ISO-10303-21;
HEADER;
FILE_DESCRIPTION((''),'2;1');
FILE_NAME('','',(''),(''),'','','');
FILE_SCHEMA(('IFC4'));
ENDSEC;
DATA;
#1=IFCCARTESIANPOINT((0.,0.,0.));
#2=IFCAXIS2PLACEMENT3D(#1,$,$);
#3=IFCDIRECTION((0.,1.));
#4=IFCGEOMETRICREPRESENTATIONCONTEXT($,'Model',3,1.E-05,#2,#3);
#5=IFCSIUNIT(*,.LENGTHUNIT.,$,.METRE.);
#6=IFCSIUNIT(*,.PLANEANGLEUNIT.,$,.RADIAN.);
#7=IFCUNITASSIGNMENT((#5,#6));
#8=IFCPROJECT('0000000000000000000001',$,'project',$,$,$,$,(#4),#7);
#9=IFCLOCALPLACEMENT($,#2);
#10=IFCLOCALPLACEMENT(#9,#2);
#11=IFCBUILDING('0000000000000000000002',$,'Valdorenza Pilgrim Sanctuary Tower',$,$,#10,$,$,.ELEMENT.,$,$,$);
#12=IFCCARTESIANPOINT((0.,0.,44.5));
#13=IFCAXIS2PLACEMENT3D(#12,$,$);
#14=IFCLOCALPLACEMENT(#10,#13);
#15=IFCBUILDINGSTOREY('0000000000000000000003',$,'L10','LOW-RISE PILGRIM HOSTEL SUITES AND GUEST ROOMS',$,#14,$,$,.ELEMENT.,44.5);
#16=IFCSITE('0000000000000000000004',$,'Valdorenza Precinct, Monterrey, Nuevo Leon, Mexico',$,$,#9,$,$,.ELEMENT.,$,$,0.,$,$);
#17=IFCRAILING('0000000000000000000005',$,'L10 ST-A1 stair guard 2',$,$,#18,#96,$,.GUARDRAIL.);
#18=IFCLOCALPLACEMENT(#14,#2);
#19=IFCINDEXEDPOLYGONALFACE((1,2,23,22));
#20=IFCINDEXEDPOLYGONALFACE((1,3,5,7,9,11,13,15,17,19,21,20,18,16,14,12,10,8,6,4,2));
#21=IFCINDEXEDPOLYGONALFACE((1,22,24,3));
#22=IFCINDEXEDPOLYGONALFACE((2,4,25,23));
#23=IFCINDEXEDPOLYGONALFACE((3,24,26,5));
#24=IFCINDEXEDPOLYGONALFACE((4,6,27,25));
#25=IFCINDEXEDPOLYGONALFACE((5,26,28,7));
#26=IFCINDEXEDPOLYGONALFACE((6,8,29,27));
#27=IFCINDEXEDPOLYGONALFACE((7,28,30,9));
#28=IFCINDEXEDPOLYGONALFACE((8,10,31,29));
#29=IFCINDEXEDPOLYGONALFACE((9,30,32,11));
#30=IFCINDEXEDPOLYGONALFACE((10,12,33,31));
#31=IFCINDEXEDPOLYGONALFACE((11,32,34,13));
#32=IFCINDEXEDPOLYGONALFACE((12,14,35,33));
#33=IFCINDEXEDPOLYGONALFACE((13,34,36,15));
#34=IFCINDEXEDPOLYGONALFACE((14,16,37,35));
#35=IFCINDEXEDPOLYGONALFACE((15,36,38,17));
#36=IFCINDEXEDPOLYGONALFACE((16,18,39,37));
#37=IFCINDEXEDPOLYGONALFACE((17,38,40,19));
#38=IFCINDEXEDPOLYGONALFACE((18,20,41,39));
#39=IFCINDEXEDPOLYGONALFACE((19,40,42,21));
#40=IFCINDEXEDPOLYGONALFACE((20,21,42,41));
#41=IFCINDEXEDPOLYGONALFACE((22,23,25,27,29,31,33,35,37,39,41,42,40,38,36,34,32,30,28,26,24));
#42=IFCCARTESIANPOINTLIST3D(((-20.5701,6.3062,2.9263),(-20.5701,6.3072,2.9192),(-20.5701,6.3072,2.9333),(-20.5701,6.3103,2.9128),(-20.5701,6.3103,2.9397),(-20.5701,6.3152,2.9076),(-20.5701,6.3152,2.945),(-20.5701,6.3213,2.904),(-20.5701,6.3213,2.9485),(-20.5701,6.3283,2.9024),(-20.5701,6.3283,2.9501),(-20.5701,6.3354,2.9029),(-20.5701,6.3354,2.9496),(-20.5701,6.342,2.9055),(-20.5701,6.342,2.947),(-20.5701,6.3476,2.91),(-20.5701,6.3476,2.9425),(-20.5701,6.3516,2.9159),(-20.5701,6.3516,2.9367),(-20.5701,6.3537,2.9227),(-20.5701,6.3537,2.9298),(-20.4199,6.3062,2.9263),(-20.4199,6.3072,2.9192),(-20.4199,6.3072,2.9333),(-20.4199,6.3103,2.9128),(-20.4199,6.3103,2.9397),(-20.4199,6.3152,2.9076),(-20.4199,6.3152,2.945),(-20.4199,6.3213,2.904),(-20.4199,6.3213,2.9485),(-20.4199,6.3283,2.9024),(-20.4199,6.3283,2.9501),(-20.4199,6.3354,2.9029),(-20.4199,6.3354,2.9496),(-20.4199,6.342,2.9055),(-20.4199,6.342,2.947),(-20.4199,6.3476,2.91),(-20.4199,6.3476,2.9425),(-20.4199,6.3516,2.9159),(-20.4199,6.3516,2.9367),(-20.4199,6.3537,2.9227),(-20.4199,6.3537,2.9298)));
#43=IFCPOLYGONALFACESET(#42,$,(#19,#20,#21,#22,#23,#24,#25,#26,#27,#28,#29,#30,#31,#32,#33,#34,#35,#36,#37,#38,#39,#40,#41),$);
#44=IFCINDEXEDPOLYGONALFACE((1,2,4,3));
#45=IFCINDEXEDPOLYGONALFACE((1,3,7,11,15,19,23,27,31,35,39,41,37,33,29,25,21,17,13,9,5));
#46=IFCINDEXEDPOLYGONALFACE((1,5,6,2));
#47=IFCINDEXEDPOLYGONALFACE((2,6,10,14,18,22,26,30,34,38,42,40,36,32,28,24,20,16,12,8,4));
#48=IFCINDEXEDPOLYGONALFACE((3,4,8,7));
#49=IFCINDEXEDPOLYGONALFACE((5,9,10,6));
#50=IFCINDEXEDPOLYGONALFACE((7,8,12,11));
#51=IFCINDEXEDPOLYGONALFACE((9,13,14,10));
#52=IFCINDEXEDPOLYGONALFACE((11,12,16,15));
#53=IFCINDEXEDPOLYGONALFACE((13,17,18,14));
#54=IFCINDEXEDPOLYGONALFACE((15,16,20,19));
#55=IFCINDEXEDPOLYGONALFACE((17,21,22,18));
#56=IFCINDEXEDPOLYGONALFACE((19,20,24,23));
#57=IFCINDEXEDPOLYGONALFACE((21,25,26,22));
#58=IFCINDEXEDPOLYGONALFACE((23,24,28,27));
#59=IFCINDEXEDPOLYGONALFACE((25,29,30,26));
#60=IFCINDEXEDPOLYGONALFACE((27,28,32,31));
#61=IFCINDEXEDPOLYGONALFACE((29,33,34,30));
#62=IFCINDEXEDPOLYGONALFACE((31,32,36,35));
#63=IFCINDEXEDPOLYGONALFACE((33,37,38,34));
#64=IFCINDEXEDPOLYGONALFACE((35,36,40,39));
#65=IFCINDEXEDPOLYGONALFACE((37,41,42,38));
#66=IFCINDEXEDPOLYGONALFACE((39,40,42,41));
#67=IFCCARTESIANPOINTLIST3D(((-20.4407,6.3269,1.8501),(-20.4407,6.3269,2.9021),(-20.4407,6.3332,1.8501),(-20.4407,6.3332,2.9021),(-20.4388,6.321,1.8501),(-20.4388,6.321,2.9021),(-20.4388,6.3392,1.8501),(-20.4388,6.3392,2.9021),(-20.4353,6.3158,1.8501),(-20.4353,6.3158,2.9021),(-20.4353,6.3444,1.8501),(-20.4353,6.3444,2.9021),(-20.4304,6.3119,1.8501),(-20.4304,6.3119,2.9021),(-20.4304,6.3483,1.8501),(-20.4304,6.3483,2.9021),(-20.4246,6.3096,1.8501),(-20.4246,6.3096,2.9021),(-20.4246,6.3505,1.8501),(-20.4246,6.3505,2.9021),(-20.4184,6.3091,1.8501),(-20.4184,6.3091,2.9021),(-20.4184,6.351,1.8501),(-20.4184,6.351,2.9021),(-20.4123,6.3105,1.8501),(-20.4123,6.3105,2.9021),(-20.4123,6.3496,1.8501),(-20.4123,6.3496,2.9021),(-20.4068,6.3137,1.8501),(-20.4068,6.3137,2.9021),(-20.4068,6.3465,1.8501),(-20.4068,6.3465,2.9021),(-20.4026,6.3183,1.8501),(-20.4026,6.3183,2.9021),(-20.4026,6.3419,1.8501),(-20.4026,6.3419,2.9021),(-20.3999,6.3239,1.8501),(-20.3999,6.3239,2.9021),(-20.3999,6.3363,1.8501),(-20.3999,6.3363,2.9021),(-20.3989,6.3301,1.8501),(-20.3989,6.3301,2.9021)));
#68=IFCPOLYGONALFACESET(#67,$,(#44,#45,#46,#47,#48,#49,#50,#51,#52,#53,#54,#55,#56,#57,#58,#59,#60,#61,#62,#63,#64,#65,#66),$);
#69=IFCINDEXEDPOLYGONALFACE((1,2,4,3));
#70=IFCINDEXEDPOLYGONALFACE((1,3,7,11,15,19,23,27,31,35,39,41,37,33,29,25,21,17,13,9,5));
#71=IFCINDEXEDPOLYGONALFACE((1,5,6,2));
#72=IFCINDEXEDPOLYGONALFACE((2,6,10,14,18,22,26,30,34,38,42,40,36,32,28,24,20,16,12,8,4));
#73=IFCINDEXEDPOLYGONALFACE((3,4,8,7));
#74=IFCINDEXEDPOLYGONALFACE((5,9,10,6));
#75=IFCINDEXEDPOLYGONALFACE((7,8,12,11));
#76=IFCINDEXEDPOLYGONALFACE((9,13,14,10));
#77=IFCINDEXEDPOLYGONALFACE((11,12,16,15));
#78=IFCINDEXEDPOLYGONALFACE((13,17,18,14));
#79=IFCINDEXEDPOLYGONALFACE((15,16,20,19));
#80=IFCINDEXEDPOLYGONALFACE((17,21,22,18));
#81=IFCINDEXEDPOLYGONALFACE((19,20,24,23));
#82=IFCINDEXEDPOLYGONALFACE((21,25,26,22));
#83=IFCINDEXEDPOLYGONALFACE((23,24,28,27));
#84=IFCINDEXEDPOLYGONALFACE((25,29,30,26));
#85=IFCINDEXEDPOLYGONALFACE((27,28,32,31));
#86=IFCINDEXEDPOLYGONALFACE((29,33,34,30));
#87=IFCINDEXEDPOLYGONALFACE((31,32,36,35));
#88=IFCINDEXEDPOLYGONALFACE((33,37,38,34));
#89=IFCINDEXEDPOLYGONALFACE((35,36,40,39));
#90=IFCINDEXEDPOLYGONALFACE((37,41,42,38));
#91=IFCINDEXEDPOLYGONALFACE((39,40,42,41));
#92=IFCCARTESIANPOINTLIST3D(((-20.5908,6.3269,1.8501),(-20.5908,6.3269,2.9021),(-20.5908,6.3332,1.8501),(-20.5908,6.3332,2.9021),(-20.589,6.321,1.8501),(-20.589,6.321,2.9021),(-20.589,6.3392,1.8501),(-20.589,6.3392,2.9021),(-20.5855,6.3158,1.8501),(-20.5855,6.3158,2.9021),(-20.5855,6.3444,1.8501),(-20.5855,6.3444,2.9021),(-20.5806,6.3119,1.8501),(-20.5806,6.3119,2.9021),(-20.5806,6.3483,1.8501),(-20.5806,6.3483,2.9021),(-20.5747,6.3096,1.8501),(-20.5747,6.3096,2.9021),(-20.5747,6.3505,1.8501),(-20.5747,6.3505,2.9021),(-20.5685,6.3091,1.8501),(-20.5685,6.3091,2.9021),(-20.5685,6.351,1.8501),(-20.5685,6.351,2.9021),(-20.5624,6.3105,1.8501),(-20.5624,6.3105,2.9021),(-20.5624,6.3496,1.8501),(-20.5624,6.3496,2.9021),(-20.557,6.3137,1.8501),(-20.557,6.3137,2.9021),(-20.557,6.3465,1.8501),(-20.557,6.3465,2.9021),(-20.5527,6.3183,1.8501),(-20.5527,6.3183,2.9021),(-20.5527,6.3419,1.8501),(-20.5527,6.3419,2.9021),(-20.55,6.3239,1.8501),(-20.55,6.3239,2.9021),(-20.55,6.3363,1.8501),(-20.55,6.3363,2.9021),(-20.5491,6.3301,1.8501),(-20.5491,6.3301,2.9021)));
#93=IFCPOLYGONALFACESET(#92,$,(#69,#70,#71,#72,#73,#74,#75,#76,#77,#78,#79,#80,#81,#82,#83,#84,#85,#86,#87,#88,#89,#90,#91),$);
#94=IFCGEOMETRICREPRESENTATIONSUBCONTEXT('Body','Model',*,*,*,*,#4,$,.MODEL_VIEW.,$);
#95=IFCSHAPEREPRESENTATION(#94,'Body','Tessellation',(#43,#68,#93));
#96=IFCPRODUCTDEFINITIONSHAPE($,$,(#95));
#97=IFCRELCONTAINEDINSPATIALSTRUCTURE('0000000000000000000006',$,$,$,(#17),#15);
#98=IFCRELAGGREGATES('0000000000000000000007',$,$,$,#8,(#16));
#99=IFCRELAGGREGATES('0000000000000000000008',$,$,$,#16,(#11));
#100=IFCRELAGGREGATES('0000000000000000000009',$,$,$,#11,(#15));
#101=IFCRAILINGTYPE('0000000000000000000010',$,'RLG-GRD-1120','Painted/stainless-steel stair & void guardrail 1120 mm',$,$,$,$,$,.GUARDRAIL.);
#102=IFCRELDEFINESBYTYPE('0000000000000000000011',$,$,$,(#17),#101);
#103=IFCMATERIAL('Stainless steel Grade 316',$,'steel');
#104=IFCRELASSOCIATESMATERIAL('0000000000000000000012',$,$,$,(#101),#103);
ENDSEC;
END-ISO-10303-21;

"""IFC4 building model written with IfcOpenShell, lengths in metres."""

from ifc_helpers import new_model, si_unit, direction, frame, origin, origin_2d, place, context, subcontext, project, spatial, circle, extrude, material, type_object, element, save


model = new_model("IFC4")

# Units and contexts
model_context = context("Model", 3, precision=1e-05, world=origin(), true_north=direction((0.0, 1.0)))
body_context = subcontext(model_context, "Body", "Model", "MODEL_VIEW")
ifc_project = project(units=[si_unit("LENGTHUNIT", "METRE"), si_unit("PLANEANGLEUNIT", "RADIAN")], contexts=[model_context])

# Site, building, storey
site_placement = place(None, origin())
site = spatial("IfcSite", under=ifc_project, at=site_placement, Name="Valdorenza Precinct, Monterrey, Nuevo Leon, Mexico", CompositionType="ELEMENT", RefElevation=0.0)
building_placement = place(site_placement, origin())
building = spatial("IfcBuilding", under=site, at=building_placement, Name="Valdorenza Pilgrim Sanctuary Tower", CompositionType="ELEMENT")
storey_placement = place(building_placement, frame((0.0, 0.0, 44.5)))
storey = spatial("IfcBuildingStorey", under=building, at=storey_placement, Name="L10", Description="LOW-RISE PILGRIM HOSTEL SUITES AND GUEST ROOMS", CompositionType="ELEMENT", Elevation=44.5)

# Railing
ifc_material_1 = material(Name="Stainless steel Grade 316", Category="steel")
railing_type_1 = type_object("IfcRailingType", Name="RLG-GRD-1120", Description="Painted/stainless-steel stair & void guardrail 1120 mm", PredefinedType="GUARDRAIL", material=ifc_material_1)
railing_1_placement = place(storey_placement, frame((-20.4199, 6.3301, 1.8501)))
element("IfcRailing", 1, at=railing_1_placement, inside=storey, type_object=railing_type_1, Name="L10 ST-A1 stair guard 2", PredefinedType="GUARDRAIL", context=body_context, shape_type="SweptSolid", body=[
    extrude(circle(Radius=0.0239, at=origin_2d()), frame((0.0, 0.0, 1.0762), z_axis=(-1.0, 0.0, 0.0), x_axis=(0.0, -1.0, 0.0)), (0.0, 0.0, 1.0), 0.1501),
    extrude(circle(Radius=0.021, at=origin_2d()), origin(), (0.0, 0.0, 1.0), 1.052),
    extrude(circle(Radius=0.021, at=origin_2d()), frame((-0.1501, 0.0, 0.0)), (0.0, 0.0, 1.0), 1.052),
])

save(model, "model.ifc")
